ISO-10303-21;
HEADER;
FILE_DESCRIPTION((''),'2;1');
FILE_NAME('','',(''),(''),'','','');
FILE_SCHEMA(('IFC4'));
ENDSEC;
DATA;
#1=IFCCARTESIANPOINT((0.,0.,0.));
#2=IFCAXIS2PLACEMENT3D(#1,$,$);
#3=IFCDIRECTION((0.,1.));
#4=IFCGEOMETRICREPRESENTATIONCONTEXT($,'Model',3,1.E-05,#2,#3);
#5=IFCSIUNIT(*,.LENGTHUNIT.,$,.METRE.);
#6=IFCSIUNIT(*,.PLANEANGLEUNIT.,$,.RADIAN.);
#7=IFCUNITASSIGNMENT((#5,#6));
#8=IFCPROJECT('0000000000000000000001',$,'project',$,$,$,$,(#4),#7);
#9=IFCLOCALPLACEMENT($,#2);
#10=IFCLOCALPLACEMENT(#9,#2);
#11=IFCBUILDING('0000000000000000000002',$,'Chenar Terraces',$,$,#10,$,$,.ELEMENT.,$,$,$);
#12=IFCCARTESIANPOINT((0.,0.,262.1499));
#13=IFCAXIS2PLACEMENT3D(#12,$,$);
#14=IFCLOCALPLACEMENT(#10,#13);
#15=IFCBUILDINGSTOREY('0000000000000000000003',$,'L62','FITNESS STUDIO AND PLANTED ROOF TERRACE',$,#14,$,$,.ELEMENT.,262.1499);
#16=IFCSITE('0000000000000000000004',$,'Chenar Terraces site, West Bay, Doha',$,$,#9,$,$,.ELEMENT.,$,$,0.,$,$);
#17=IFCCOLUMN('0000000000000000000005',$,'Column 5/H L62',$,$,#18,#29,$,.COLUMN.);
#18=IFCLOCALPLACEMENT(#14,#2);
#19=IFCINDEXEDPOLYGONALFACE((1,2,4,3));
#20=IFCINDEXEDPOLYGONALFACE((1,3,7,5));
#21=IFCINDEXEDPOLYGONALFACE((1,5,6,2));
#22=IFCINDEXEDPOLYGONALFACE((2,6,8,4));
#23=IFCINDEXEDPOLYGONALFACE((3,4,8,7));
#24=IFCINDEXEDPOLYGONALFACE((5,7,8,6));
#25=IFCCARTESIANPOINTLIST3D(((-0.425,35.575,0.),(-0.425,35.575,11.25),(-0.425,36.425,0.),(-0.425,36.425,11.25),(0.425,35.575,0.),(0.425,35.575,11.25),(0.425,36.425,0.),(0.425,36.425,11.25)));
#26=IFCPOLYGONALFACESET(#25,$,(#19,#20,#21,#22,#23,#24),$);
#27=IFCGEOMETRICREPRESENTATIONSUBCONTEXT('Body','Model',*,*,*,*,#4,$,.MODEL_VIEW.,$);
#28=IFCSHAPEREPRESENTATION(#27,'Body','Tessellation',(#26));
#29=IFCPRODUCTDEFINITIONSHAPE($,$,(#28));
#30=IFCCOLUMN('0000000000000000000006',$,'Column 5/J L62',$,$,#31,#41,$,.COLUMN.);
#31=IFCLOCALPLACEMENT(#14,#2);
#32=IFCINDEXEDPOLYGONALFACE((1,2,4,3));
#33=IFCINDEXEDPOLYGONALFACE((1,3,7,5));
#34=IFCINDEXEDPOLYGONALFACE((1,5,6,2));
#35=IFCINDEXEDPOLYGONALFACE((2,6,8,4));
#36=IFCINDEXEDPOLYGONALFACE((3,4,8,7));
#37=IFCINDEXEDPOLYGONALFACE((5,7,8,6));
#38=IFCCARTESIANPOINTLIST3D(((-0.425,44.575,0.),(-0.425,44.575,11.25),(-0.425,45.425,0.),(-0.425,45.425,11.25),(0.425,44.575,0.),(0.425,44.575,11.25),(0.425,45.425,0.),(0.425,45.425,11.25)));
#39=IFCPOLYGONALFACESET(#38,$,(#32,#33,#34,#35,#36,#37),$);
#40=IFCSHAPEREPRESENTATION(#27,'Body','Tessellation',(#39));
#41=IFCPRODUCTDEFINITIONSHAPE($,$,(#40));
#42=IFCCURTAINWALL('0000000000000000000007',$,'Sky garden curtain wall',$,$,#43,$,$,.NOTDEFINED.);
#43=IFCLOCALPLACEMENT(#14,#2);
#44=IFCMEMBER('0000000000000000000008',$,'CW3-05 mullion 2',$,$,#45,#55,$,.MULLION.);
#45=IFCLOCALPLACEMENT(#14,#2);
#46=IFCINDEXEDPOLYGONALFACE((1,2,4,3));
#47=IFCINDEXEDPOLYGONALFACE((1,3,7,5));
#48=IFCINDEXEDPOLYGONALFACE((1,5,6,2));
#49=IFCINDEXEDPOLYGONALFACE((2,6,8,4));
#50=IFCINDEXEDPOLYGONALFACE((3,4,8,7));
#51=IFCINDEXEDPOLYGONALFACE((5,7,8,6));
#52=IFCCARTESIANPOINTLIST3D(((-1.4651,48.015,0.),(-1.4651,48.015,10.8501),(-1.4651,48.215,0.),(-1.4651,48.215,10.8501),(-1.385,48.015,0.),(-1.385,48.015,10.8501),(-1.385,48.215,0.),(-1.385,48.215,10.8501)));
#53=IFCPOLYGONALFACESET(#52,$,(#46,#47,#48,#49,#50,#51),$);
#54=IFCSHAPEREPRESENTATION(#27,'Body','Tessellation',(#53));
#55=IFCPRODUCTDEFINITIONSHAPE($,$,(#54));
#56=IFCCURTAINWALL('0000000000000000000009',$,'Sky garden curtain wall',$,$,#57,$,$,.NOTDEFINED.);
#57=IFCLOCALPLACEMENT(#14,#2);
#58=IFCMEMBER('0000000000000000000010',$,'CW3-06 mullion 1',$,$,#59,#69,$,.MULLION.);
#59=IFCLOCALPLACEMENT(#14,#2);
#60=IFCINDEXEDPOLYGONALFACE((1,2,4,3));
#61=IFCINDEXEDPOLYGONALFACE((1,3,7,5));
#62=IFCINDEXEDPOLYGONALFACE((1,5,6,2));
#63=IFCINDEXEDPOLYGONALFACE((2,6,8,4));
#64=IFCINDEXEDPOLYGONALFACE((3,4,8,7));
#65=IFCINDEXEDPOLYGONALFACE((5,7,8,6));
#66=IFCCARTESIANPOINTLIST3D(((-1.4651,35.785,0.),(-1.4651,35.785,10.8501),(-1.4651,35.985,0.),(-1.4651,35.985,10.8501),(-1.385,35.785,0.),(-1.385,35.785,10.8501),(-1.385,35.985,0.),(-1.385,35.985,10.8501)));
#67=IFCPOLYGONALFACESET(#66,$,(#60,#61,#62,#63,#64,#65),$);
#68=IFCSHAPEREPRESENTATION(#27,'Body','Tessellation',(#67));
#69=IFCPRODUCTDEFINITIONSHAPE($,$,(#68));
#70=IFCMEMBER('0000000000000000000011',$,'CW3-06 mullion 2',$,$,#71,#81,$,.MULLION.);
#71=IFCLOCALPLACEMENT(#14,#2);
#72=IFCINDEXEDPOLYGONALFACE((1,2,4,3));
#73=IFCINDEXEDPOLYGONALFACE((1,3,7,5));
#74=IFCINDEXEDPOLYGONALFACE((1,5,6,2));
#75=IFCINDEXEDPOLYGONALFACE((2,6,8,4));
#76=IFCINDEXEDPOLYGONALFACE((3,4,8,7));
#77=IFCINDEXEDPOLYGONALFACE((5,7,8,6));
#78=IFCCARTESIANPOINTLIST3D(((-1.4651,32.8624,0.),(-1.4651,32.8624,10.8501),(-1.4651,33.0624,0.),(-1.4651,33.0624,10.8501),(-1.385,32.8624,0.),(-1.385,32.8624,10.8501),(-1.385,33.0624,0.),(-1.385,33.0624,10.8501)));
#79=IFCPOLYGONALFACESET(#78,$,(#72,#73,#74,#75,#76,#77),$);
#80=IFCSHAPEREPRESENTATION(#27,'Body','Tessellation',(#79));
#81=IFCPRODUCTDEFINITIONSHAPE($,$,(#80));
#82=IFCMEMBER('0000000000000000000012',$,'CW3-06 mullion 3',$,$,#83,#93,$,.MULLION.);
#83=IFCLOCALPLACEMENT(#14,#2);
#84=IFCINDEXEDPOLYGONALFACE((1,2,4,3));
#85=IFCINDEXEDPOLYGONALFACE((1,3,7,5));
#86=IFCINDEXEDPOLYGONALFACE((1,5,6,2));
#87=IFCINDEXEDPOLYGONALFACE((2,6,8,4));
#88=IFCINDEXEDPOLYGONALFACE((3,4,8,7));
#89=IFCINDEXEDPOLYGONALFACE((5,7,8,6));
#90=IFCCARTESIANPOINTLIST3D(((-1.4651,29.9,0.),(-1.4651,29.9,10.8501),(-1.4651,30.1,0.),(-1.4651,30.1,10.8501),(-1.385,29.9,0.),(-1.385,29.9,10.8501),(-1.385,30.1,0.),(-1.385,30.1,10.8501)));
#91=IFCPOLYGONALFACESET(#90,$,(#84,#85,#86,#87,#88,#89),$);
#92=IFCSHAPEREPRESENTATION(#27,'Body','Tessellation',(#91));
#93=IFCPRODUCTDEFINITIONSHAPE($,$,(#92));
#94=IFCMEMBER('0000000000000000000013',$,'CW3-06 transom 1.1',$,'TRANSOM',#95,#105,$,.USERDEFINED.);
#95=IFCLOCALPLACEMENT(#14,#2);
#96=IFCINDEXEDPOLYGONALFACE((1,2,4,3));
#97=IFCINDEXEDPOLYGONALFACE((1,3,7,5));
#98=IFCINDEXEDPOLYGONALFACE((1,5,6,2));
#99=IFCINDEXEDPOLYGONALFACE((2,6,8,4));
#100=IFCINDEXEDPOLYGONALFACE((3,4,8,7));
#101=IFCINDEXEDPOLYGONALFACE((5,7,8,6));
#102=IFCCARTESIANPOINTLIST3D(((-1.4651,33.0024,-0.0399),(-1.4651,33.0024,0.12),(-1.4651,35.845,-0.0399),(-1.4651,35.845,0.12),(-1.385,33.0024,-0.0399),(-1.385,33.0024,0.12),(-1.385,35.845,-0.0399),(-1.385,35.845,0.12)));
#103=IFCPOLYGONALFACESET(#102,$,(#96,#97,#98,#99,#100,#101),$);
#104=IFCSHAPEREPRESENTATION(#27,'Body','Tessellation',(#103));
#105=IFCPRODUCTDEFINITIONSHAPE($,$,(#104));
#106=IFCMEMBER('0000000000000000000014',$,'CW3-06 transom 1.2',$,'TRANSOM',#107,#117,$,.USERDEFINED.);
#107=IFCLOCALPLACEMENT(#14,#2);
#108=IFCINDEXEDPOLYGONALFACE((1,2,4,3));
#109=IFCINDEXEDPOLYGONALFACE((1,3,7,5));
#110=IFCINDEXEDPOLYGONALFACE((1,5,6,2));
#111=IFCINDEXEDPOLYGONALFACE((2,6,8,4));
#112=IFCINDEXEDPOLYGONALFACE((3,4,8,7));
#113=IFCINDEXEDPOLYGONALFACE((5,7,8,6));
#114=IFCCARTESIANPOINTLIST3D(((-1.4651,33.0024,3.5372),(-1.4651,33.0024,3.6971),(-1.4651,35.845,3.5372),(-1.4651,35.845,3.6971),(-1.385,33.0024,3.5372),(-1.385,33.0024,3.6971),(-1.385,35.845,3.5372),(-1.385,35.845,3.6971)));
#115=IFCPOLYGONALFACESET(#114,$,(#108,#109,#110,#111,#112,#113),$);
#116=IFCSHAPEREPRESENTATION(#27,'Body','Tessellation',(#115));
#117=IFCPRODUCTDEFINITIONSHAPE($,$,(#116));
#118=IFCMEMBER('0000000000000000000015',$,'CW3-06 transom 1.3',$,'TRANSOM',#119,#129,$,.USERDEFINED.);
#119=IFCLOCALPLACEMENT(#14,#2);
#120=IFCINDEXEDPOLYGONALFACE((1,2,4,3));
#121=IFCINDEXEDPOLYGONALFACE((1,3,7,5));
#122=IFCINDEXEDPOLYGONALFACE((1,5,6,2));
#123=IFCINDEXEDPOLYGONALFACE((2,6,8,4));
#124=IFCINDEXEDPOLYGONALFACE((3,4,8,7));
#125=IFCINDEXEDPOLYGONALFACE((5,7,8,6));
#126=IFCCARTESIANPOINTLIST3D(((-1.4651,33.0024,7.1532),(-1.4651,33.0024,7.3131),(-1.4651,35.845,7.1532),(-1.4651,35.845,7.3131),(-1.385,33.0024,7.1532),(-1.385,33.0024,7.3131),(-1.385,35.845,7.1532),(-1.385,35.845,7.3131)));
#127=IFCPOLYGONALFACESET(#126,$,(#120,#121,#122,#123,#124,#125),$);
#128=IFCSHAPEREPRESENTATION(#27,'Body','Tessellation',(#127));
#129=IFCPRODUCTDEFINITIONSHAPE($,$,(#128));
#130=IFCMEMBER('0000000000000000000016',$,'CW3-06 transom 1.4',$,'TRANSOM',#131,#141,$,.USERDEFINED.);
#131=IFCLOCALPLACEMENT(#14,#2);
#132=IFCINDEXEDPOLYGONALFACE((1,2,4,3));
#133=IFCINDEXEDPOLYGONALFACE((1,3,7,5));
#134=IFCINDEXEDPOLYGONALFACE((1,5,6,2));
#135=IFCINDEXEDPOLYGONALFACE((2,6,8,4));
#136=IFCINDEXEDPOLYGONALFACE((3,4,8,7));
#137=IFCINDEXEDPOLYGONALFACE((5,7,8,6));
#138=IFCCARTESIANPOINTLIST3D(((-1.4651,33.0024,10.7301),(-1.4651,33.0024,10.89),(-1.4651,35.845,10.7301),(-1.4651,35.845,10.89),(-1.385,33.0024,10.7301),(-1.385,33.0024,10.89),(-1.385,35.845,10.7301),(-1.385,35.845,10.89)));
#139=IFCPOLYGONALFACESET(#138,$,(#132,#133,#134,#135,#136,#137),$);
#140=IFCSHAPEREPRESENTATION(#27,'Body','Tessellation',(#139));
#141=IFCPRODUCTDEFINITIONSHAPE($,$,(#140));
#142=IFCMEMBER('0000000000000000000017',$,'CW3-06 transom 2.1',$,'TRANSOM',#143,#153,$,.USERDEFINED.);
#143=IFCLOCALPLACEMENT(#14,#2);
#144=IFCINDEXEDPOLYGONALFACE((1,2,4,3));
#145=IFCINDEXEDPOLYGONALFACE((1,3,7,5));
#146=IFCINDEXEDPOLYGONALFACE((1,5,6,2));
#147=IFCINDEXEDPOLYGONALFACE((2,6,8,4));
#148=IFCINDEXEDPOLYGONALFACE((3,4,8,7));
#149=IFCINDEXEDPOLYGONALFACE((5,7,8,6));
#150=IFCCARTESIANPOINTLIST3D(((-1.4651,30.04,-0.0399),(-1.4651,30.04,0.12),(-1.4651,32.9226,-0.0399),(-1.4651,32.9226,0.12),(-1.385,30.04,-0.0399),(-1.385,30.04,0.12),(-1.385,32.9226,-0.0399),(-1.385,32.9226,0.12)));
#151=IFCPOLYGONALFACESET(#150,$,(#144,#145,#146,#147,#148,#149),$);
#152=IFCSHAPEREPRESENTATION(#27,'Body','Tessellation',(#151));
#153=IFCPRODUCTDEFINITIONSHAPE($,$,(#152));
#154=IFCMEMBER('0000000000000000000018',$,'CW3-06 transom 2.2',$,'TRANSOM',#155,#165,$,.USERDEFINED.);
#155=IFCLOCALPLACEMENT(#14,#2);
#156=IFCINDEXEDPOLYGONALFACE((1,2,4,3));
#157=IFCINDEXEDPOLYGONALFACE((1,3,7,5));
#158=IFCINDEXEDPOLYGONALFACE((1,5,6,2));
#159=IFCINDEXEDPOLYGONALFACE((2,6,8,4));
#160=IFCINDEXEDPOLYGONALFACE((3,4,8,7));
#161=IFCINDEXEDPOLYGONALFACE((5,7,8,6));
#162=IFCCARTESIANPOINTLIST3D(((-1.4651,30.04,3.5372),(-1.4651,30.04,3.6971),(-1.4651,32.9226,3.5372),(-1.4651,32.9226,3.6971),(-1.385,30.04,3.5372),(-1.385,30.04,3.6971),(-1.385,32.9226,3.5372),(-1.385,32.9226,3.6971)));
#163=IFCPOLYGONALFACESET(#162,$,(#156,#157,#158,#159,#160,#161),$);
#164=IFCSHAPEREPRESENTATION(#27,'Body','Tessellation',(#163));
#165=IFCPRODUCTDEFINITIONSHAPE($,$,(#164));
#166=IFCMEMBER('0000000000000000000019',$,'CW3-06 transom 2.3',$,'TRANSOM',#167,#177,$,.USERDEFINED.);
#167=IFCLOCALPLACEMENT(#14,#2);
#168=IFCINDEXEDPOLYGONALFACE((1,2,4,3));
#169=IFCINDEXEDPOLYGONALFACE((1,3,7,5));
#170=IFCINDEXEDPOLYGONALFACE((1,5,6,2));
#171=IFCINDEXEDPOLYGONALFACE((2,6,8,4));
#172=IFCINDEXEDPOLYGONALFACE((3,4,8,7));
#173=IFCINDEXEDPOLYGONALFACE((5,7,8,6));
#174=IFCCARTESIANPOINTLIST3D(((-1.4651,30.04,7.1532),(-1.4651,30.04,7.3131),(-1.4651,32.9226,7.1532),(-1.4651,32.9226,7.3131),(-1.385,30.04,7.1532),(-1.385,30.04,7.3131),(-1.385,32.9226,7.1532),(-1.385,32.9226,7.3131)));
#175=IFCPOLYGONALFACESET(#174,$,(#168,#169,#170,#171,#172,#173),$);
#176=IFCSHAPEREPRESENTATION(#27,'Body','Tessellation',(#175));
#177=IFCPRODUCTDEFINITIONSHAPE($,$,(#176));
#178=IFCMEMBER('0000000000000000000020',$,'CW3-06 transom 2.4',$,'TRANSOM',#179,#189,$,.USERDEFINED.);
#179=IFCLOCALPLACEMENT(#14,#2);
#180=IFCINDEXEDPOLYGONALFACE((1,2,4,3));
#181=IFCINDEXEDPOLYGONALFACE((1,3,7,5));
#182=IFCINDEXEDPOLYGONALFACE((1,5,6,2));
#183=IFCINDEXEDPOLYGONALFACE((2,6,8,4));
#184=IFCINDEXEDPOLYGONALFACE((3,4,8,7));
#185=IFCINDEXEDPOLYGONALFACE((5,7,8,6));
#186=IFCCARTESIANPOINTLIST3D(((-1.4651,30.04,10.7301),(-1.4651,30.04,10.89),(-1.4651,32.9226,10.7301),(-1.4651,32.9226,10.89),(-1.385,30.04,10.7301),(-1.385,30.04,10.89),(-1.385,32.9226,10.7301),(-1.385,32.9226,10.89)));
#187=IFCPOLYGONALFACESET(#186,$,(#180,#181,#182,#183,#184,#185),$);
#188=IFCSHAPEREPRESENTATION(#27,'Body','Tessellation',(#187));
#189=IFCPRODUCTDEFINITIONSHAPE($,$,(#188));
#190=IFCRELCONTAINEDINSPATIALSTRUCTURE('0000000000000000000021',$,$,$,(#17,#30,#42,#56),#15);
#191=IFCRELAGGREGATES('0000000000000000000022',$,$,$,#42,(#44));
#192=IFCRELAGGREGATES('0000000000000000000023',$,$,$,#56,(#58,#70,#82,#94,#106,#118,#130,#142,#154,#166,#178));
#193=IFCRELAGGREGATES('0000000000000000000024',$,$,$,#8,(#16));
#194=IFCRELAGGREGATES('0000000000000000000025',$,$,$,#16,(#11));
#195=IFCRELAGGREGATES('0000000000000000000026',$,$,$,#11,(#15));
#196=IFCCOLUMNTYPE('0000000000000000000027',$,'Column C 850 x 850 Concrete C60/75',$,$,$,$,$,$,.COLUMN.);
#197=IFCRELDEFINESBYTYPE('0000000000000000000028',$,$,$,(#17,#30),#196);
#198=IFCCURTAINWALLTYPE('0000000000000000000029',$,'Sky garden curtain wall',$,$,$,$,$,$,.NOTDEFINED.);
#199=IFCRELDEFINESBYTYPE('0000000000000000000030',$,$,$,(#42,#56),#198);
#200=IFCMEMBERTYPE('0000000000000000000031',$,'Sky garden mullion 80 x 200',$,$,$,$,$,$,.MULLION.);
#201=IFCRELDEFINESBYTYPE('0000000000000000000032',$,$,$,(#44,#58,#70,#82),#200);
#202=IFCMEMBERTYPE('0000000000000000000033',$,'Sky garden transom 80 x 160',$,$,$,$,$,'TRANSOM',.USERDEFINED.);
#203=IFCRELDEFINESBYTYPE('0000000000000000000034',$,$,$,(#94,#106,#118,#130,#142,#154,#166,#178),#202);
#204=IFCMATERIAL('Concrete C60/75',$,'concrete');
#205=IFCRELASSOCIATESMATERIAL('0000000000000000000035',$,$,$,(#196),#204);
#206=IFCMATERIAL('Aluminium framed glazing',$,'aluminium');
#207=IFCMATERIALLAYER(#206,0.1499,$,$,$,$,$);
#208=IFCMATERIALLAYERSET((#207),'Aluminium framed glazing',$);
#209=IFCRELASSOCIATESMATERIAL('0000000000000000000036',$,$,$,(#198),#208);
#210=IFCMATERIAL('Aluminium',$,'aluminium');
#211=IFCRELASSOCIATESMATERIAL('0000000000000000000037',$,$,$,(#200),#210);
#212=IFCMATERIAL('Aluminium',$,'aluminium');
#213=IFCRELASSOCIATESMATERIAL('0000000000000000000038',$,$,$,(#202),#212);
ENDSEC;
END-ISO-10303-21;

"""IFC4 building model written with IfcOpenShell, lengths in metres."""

from ifc_helpers import new_model, si_unit, direction, frame, origin, origin_2d, place, context, subcontext, project, spatial, rectangle, extrude, material, layer, layer_set, material_profile, profile_set, type_object, element, aggregate, save


model = new_model("IFC4")

# Units and contexts
model_context = context("Model", 3, precision=1e-05, world=origin(), true_north=direction((0.0, 1.0)))
body_context = subcontext(model_context, "Body", "Model", "MODEL_VIEW")
ifc_project = project(units=[si_unit("LENGTHUNIT", "METRE"), si_unit("PLANEANGLEUNIT", "RADIAN")], contexts=[model_context])

# Site, building, storey
site_placement = place(None, origin())
site = spatial("IfcSite", under=ifc_project, at=site_placement, Name="Chenar Terraces site, West Bay, Doha", CompositionType="ELEMENT", RefElevation=0.0)
building_placement = place(site_placement, origin())
building = spatial("IfcBuilding", under=site, at=building_placement, Name="Chenar Terraces", CompositionType="ELEMENT")
storey_placement = place(building_placement, frame((0.0, 0.0, 262.1499)))
storey = spatial("IfcBuildingStorey", under=building, at=storey_placement, Name="L62", Description="FITNESS STUDIO AND PLANTED ROOF TERRACE", CompositionType="ELEMENT", Elevation=262.1499)

# Columns
ifc_material_1 = material(Name="Concrete C60/75", Category="concrete")
ifc_material_profile_1 = material_profile(ifc_material_1, rectangle(XDim=0.8501, YDim=0.8501, at=origin_2d()), Name="C 850 x 850")
ifc_profile_set_1 = profile_set([ifc_material_profile_1], Name="Concrete C60/75")
column_type = type_object("IfcColumnType", Name="Column C 850 x 850 Concrete C60/75", PredefinedType="COLUMN", material=ifc_profile_set_1)
for number, where, z_axis, x_axis, name in (
    (1, (0.0, 36.0, 0.0), (0.0, 0.0, 1.0), (1.0, 0.0, 0.0), "Column 5/H L62"),
    (2, (0.0, 45.0, 0.0), (0.0, 0.0, 1.0), (1.0, 0.0, 0.0), "Column 5/J L62"),
):
    element("IfcColumn", number, at=place(storey_placement, frame(where, z_axis=z_axis, x_axis=x_axis)), inside=storey, type_object=column_type, Name=name, PredefinedType="COLUMN", context=body_context, shape_type="SweptSolid", body=[
        extrude(rectangle(XDim=0.8501, YDim=0.8501, at=origin_2d()), origin(), (0.0, 0.0, 1.0), 11.25),
    ])

# Curtain wall, member
ifc_material_2 = material(Name="Aluminium framed glazing", Category="aluminium")
ifc_layer_1 = layer(ifc_material_2, 0.1499)
ifc_layer_set_1 = layer_set([ifc_layer_1], Name="Aluminium framed glazing")
curtain_wall_type = type_object("IfcCurtainWallType", Name="Sky garden curtain wall", PredefinedType="NOTDEFINED", material=ifc_layer_set_1)
placement = place(storey_placement, origin())
curtain_wall_1 = element("IfcCurtainWall", 3, at=placement, inside=storey, type_object=curtain_wall_type, Name="Sky garden curtain wall", PredefinedType="NOTDEFINED")
ifc_material_3 = material(Name="Aluminium", Category="aluminium")
ifc_material_profile_2 = material_profile(ifc_material_3, rectangle(XDim=0.0801, YDim=0.2, at=origin_2d()), Name="Sky garden mullion 80 x 200")
ifc_profile_set_2 = profile_set([ifc_material_profile_2], Name="Aluminium")
member_type_1 = type_object("IfcMemberType", Name="Sky garden mullion 80 x 200", PredefinedType="MULLION", material=ifc_profile_set_2)
member_1_placement = place(storey_placement, frame((-1.425, 48.115, 0.0), z_axis=(0.0, 0.0, 1.0), x_axis=(1.0, 0.0, 0.0)))
member_1 = element("IfcMember", 4, at=member_1_placement, type_object=member_type_1, Name="CW3-05 mullion 2", PredefinedType="MULLION", context=body_context, shape_type="SweptSolid", body=[
    extrude(rectangle(XDim=0.0801, YDim=0.2, at=origin_2d()), origin(), (0.0, 0.0, 1.0), 10.8501),
])
aggregate(curtain_wall_1, [member_1])

# Curtain wall, members
curtain_wall_2 = element("IfcCurtainWall", 5, at=placement, inside=storey, type_object=curtain_wall_type, Name="Sky garden curtain wall", PredefinedType="NOTDEFINED")
member_2_placement = place(storey_placement, frame((-1.425, 35.885, 0.0), z_axis=(0.0, 0.0, 1.0), x_axis=(1.0, 0.0, 0.0)))
member_2 = element("IfcMember", 6, at=member_2_placement, type_object=member_type_1, Name="CW3-06 mullion 1", PredefinedType="MULLION", context=body_context, shape_type="SweptSolid", body=[
    extrude(rectangle(XDim=0.0801, YDim=0.2, at=origin_2d()), origin(), (0.0, 0.0, 1.0), 10.8501),
])
member_3_placement = place(storey_placement, frame((-1.425, 32.9624, 0.0), z_axis=(0.0, 0.0, 1.0), x_axis=(1.0, 0.0, 0.0)))
member_3 = element("IfcMember", 7, at=member_3_placement, type_object=member_type_1, Name="CW3-06 mullion 2", PredefinedType="MULLION", context=body_context, shape_type="SweptSolid", body=[
    extrude(rectangle(XDim=0.0801, YDim=0.2, at=origin_2d()), origin(), (0.0, 0.0, 1.0), 10.8501),
])
member_4_placement = place(storey_placement, frame((-1.425, 30.0, 0.0), z_axis=(0.0, 0.0, 1.0), x_axis=(1.0, 0.0, 0.0)))
member_4 = element("IfcMember", 8, at=member_4_placement, type_object=member_type_1, Name="CW3-06 mullion 3", PredefinedType="MULLION", context=body_context, shape_type="SweptSolid", body=[
    extrude(rectangle(XDim=0.0801, YDim=0.2, at=origin_2d()), origin(), (0.0, 0.0, 1.0), 10.8501),
])
ifc_material_4 = material(Name="Aluminium", Category="aluminium")
ifc_material_profile_3 = material_profile(ifc_material_4, rectangle(XDim=0.0801, YDim=0.1599, at=origin_2d()), Name="Sky garden transom 80 x 160")
ifc_profile_set_3 = profile_set([ifc_material_profile_3], Name="Aluminium")
member_type_2 = type_object("IfcMemberType", Name="Sky garden transom 80 x 160", ElementType="TRANSOM", PredefinedType="USERDEFINED", material=ifc_profile_set_3)
member_5_placement = place(storey_placement, frame((-1.425, 35.845, 0.04), z_axis=(0.0, -1.0, 0.0), x_axis=(1.0, 0.0, 0.0)))
member_5 = element("IfcMember", 9, at=member_5_placement, type_object=member_type_2, Name="CW3-06 transom 1.1", ObjectType="TRANSOM", PredefinedType="USERDEFINED", context=body_context, shape_type="SweptSolid", body=[
    extrude(rectangle(XDim=0.0801, YDim=0.1599, at=origin_2d()), origin(), (0.0, 0.0, 1.0), 2.8425),
])
member_6_placement = place(storey_placement, frame((-1.425, 35.845, 3.6172), z_axis=(0.0, -1.0, 0.0), x_axis=(1.0, 0.0, 0.0)))
member_6 = element("IfcMember", 10, at=member_6_placement, type_object=member_type_2, Name="CW3-06 transom 1.2", ObjectType="TRANSOM", PredefinedType="USERDEFINED", context=body_context, shape_type="SweptSolid", body=[
    extrude(rectangle(XDim=0.0801, YDim=0.1599, at=origin_2d()), origin(), (0.0, 0.0, 1.0), 2.8425),
])
member_7_placement = place(storey_placement, frame((-1.425, 35.845, 7.2332), z_axis=(0.0, -1.0, 0.0), x_axis=(1.0, 0.0, 0.0)))
member_7 = element("IfcMember", 11, at=member_7_placement, type_object=member_type_2, Name="CW3-06 transom 1.3", ObjectType="TRANSOM", PredefinedType="USERDEFINED", context=body_context, shape_type="SweptSolid", body=[
    extrude(rectangle(XDim=0.0801, YDim=0.1599, at=origin_2d()), origin(), (0.0, 0.0, 1.0), 2.8425),
])
member_8_placement = place(storey_placement, frame((-1.425, 35.845, 10.8101), z_axis=(0.0, -1.0, 0.0), x_axis=(1.0, 0.0, 0.0)))
member_8 = element("IfcMember", 12, at=member_8_placement, type_object=member_type_2, Name="CW3-06 transom 1.4", ObjectType="TRANSOM", PredefinedType="USERDEFINED", context=body_context, shape_type="SweptSolid", body=[
    extrude(rectangle(XDim=0.0801, YDim=0.1599, at=origin_2d()), origin(), (0.0, 0.0, 1.0), 2.8425),
])
member_9_placement = place(storey_placement, frame((-1.425, 32.9226, 0.04), z_axis=(0.0, -1.0, 0.0), x_axis=(1.0, 0.0, 0.0)))
member_9 = element("IfcMember", 13, at=member_9_placement, type_object=member_type_2, Name="CW3-06 transom 2.1", ObjectType="TRANSOM", PredefinedType="USERDEFINED", context=body_context, shape_type="SweptSolid", body=[
    extrude(rectangle(XDim=0.0801, YDim=0.1599, at=origin_2d()), origin(), (0.0, 0.0, 1.0), 2.8826),
])
member_10_placement = place(storey_placement, frame((-1.425, 32.9226, 3.6172), z_axis=(0.0, -1.0, 0.0), x_axis=(1.0, 0.0, 0.0)))
member_10 = element("IfcMember", 14, at=member_10_placement, type_object=member_type_2, Name="CW3-06 transom 2.2", ObjectType="TRANSOM", PredefinedType="USERDEFINED", context=body_context, shape_type="SweptSolid", body=[
    extrude(rectangle(XDim=0.0801, YDim=0.1599, at=origin_2d()), origin(), (0.0, 0.0, 1.0), 2.8826),
])
member_11_placement = place(storey_placement, frame((-1.425, 32.9226, 7.2332), z_axis=(0.0, -1.0, 0.0), x_axis=(1.0, 0.0, 0.0)))
member_11 = element("IfcMember", 15, at=member_11_placement, type_object=member_type_2, Name="CW3-06 transom 2.3", ObjectType="TRANSOM", PredefinedType="USERDEFINED", context=body_context, shape_type="SweptSolid", body=[
    extrude(rectangle(XDim=0.0801, YDim=0.1599, at=origin_2d()), origin(), (0.0, 0.0, 1.0), 2.8826),
])
member_12_placement = place(storey_placement, frame((-1.425, 32.9226, 10.8101), z_axis=(0.0, -1.0, 0.0), x_axis=(1.0, 0.0, 0.0)))
member_12 = element("IfcMember", 16, at=member_12_placement, type_object=member_type_2, Name="CW3-06 transom 2.4", ObjectType="TRANSOM", PredefinedType="USERDEFINED", context=body_context, shape_type="SweptSolid", body=[
    extrude(rectangle(XDim=0.0801, YDim=0.1599, at=origin_2d()), origin(), (0.0, 0.0, 1.0), 2.8826),
])
aggregate(curtain_wall_2, [member_2, member_3, member_4, member_5, member_6, member_7, member_8, member_9, member_10, member_11, member_12])

save(model, "model.ifc")
